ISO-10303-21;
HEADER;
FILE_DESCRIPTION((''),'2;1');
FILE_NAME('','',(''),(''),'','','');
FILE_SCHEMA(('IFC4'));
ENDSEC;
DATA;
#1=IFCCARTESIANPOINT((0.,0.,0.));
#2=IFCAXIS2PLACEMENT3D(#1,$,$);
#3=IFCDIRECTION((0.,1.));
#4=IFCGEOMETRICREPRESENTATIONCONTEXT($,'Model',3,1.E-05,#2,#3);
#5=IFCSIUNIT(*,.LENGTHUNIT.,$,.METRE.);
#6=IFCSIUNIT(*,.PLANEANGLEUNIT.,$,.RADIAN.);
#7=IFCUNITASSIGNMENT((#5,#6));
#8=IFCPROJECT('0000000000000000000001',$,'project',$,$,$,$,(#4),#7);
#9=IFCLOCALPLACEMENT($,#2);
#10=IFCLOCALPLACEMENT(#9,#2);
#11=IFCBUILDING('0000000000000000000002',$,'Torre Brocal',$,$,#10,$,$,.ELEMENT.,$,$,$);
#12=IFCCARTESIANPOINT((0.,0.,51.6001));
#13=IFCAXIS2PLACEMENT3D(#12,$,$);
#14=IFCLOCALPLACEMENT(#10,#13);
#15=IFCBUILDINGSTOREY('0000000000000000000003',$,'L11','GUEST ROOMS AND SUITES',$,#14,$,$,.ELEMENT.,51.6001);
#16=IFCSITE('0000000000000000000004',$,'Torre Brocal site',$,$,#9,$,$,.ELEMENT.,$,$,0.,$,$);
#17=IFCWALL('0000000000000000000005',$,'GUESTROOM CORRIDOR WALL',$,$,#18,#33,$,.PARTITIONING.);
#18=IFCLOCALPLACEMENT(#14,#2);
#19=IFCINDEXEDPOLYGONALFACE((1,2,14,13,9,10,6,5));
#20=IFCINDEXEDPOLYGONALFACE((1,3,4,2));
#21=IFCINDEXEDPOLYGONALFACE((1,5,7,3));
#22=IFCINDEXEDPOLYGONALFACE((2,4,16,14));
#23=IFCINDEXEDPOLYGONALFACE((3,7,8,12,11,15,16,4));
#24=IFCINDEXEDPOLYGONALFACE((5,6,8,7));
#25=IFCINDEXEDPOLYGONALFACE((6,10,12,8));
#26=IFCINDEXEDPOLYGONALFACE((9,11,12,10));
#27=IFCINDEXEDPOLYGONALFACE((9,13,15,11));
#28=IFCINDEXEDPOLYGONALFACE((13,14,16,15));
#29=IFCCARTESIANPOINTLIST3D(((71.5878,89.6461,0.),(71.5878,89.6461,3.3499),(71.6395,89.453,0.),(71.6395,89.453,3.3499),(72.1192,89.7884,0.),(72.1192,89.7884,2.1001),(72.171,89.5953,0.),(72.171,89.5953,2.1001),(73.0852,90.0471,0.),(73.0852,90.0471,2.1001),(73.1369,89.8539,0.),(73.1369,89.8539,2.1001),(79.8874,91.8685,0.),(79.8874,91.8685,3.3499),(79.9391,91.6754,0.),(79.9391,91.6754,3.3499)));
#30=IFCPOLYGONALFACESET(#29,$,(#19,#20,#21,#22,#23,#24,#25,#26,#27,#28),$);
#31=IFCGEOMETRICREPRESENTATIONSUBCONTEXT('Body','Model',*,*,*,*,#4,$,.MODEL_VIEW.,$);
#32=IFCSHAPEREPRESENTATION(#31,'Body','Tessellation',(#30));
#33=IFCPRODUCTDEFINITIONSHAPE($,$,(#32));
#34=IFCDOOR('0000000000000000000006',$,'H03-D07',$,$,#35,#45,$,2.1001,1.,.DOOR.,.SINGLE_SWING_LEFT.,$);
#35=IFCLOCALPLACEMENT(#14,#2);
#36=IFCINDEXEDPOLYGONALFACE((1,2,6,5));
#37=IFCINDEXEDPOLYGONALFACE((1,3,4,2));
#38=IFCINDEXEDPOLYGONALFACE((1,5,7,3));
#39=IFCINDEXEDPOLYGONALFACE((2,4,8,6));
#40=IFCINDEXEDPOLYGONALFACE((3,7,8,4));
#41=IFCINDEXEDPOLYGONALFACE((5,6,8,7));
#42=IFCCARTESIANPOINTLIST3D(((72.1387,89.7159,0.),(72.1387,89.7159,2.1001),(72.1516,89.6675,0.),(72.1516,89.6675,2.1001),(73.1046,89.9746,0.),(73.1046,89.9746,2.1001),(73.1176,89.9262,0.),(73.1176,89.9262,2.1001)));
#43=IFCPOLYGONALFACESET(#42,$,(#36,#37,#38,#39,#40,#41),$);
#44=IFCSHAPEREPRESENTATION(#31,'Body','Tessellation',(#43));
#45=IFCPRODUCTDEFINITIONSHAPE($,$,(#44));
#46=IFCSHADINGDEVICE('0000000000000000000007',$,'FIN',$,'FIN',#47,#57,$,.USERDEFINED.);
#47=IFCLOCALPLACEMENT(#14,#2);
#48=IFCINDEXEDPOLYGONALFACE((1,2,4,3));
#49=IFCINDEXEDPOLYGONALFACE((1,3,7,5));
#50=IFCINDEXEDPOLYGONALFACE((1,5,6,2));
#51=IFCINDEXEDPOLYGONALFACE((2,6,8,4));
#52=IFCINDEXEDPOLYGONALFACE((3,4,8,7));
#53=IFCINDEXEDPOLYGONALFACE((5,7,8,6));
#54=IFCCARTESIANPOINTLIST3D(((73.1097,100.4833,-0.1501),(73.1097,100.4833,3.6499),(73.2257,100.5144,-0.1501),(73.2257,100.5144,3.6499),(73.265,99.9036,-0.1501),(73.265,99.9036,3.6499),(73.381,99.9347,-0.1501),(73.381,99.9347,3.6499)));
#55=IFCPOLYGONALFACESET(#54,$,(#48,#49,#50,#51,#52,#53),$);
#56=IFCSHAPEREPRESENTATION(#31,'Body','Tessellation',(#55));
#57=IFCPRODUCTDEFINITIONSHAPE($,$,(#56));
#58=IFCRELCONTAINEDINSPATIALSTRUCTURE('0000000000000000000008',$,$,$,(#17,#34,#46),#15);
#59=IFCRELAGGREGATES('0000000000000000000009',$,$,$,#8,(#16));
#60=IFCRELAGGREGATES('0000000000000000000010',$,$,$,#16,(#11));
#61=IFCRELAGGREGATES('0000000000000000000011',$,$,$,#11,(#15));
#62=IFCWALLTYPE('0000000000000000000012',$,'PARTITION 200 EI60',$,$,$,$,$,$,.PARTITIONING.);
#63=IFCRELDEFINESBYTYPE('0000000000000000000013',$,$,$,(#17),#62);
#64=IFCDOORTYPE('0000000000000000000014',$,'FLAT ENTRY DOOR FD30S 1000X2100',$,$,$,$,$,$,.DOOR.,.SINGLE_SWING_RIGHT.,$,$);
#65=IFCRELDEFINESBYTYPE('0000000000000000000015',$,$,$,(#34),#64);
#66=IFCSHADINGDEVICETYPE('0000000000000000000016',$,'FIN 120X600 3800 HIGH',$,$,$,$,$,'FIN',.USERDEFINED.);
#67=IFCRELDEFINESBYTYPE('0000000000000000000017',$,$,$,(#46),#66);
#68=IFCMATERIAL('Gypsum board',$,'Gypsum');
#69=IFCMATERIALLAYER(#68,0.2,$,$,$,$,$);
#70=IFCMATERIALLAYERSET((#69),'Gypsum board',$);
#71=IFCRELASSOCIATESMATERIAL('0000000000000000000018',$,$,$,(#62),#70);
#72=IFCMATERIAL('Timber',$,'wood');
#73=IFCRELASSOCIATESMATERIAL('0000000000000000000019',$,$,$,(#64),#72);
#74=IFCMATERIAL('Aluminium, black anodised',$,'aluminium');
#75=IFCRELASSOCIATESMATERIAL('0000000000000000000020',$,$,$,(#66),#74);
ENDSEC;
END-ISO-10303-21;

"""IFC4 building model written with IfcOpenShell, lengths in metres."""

from ifc_helpers import new_model, si_unit, direction, frame, frame_2d, origin, origin_2d, place, context, subcontext, project, spatial, rectangle, extrude, material, layer, layer_set, material_profile, profile_set, type_object, element, fill, save


model = new_model("IFC4")

# Units and contexts
model_context = context("Model", 3, precision=1e-05, world=origin(), true_north=direction((0.0, 1.0)))
body_context = subcontext(model_context, "Body", "Model", "MODEL_VIEW")
ifc_project = project(units=[si_unit("LENGTHUNIT", "METRE"), si_unit("PLANEANGLEUNIT", "RADIAN")], contexts=[model_context])

# Site, building, storey
site_placement = place(None, origin())
site = spatial("IfcSite", under=ifc_project, at=site_placement, Name="Torre Brocal site", CompositionType="ELEMENT", RefElevation=0.0)
building_placement = place(site_placement, origin())
building = spatial("IfcBuilding", under=site, at=building_placement, Name="Torre Brocal", CompositionType="ELEMENT")
storey_placement = place(building_placement, frame((0.0, 0.0, 51.6001)))
storey = spatial("IfcBuildingStorey", under=building, at=storey_placement, Name="L11", Description="GUEST ROOMS AND SUITES", CompositionType="ELEMENT", Elevation=51.6001)

# Wall, opening, door
ifc_material_1 = material(Name="Gypsum board", Category="Gypsum")
ifc_layer_1 = layer(ifc_material_1, 0.2)
ifc_layer_set_1 = layer_set([ifc_layer_1], Name="Gypsum board")
wall_type_1 = type_object("IfcWallType", Name="PARTITION 200 EI60", PredefinedType="PARTITIONING", material=ifc_layer_set_1)
wall_1_placement = place(storey_placement, frame((71.6138, 89.5496, 0.0), z_axis=(0.0, 0.0, 1.0), x_axis=(0.965968, 0.258662, 0.0)))
wall_1 = element("IfcWall", 1, at=wall_1_placement, inside=storey, type_object=wall_type_1, Name="GUESTROOM CORRIDOR WALL", PredefinedType="PARTITIONING", context=body_context, shape_type="SweptSolid", body=[
    extrude(rectangle(XDim=8.592, YDim=0.2, at=frame_2d((4.2959, 0.0))), origin(), (0.0, 0.0, 1.0), 3.3499),
])
opening_1_placement = place(wall_1_placement, frame((0.55, 0.0, 0.0)))
opening_1 = element("IfcOpeningElement", 2, at=opening_1_placement, cuts=wall_1, PredefinedType="OPENING", context=body_context, shape_type="SweptSolid", body=[
    extrude(rectangle(XDim=1.0, YDim=2.1001, at=frame_2d((0.5, 1.05))), frame((0.0, 0.1099, 0.0), z_axis=(0.0, -1.0, 0.0), x_axis=(1.0, 0.0, 0.0)), (0.0, 0.0, 1.0), 0.22),
])
ifc_material_2 = material(Name="Timber", Category="wood")
door_type_1 = type_object("IfcDoorType", Name="FLAT ENTRY DOOR FD30S 1000X2100", OperationType="SINGLE_SWING_RIGHT", PredefinedType="DOOR", material=ifc_material_2)
door_1_placement = place(opening_1_placement, origin())
door_1 = element("IfcDoor", 3, at=door_1_placement, inside=storey, type_object=door_type_1, Name="H03-D07", OperationType="SINGLE_SWING_LEFT", OverallHeight=2.1001, OverallWidth=1.0, PredefinedType="DOOR", context=body_context, shape_type="SweptSolid", body=[
    extrude(rectangle(XDim=1.0, YDim=2.1001, at=frame_2d((0.5, 1.05))), frame((0.0, 0.0249, 0.0), z_axis=(0.0, -1.0, 0.0), x_axis=(1.0, 0.0, 0.0)), (0.0, 0.0, 1.0), 0.05),
])
fill(opening_1, door_1)

# Shading device
ifc_material_3 = material(Name="Aluminium, black anodised", Category="aluminium")
ifc_material_profile_1 = material_profile(ifc_material_3, rectangle(XDim=0.1201, YDim=0.6001, at=origin_2d()), Name="FIN 120X600 3800 HIGH")
ifc_profile_set_1 = profile_set([ifc_material_profile_1], Name="Aluminium, black anodised")
shading_device_type = type_object("IfcShadingDeviceType", Name="FIN 120X600 3800 HIGH", ElementType="FIN", PredefinedType="USERDEFINED", material=ifc_profile_set_1)
shading_device_placement = place(storey_placement, frame((73.2454, 100.209, -0.1501), z_axis=(0.0, 0.0, 1.0), x_axis=(-0.965926, -0.258819, 0.0)))
element("IfcShadingDevice", 4, at=shading_device_placement, inside=storey, type_object=shading_device_type, Name="FIN", ObjectType="FIN", PredefinedType="USERDEFINED", context=body_context, shape_type="SweptSolid", body=[
    extrude(rectangle(XDim=0.1201, YDim=0.6001, at=origin_2d()), origin(), (0.0, 0.0, 1.0), 3.8),
])

save(model, "model.ifc")
